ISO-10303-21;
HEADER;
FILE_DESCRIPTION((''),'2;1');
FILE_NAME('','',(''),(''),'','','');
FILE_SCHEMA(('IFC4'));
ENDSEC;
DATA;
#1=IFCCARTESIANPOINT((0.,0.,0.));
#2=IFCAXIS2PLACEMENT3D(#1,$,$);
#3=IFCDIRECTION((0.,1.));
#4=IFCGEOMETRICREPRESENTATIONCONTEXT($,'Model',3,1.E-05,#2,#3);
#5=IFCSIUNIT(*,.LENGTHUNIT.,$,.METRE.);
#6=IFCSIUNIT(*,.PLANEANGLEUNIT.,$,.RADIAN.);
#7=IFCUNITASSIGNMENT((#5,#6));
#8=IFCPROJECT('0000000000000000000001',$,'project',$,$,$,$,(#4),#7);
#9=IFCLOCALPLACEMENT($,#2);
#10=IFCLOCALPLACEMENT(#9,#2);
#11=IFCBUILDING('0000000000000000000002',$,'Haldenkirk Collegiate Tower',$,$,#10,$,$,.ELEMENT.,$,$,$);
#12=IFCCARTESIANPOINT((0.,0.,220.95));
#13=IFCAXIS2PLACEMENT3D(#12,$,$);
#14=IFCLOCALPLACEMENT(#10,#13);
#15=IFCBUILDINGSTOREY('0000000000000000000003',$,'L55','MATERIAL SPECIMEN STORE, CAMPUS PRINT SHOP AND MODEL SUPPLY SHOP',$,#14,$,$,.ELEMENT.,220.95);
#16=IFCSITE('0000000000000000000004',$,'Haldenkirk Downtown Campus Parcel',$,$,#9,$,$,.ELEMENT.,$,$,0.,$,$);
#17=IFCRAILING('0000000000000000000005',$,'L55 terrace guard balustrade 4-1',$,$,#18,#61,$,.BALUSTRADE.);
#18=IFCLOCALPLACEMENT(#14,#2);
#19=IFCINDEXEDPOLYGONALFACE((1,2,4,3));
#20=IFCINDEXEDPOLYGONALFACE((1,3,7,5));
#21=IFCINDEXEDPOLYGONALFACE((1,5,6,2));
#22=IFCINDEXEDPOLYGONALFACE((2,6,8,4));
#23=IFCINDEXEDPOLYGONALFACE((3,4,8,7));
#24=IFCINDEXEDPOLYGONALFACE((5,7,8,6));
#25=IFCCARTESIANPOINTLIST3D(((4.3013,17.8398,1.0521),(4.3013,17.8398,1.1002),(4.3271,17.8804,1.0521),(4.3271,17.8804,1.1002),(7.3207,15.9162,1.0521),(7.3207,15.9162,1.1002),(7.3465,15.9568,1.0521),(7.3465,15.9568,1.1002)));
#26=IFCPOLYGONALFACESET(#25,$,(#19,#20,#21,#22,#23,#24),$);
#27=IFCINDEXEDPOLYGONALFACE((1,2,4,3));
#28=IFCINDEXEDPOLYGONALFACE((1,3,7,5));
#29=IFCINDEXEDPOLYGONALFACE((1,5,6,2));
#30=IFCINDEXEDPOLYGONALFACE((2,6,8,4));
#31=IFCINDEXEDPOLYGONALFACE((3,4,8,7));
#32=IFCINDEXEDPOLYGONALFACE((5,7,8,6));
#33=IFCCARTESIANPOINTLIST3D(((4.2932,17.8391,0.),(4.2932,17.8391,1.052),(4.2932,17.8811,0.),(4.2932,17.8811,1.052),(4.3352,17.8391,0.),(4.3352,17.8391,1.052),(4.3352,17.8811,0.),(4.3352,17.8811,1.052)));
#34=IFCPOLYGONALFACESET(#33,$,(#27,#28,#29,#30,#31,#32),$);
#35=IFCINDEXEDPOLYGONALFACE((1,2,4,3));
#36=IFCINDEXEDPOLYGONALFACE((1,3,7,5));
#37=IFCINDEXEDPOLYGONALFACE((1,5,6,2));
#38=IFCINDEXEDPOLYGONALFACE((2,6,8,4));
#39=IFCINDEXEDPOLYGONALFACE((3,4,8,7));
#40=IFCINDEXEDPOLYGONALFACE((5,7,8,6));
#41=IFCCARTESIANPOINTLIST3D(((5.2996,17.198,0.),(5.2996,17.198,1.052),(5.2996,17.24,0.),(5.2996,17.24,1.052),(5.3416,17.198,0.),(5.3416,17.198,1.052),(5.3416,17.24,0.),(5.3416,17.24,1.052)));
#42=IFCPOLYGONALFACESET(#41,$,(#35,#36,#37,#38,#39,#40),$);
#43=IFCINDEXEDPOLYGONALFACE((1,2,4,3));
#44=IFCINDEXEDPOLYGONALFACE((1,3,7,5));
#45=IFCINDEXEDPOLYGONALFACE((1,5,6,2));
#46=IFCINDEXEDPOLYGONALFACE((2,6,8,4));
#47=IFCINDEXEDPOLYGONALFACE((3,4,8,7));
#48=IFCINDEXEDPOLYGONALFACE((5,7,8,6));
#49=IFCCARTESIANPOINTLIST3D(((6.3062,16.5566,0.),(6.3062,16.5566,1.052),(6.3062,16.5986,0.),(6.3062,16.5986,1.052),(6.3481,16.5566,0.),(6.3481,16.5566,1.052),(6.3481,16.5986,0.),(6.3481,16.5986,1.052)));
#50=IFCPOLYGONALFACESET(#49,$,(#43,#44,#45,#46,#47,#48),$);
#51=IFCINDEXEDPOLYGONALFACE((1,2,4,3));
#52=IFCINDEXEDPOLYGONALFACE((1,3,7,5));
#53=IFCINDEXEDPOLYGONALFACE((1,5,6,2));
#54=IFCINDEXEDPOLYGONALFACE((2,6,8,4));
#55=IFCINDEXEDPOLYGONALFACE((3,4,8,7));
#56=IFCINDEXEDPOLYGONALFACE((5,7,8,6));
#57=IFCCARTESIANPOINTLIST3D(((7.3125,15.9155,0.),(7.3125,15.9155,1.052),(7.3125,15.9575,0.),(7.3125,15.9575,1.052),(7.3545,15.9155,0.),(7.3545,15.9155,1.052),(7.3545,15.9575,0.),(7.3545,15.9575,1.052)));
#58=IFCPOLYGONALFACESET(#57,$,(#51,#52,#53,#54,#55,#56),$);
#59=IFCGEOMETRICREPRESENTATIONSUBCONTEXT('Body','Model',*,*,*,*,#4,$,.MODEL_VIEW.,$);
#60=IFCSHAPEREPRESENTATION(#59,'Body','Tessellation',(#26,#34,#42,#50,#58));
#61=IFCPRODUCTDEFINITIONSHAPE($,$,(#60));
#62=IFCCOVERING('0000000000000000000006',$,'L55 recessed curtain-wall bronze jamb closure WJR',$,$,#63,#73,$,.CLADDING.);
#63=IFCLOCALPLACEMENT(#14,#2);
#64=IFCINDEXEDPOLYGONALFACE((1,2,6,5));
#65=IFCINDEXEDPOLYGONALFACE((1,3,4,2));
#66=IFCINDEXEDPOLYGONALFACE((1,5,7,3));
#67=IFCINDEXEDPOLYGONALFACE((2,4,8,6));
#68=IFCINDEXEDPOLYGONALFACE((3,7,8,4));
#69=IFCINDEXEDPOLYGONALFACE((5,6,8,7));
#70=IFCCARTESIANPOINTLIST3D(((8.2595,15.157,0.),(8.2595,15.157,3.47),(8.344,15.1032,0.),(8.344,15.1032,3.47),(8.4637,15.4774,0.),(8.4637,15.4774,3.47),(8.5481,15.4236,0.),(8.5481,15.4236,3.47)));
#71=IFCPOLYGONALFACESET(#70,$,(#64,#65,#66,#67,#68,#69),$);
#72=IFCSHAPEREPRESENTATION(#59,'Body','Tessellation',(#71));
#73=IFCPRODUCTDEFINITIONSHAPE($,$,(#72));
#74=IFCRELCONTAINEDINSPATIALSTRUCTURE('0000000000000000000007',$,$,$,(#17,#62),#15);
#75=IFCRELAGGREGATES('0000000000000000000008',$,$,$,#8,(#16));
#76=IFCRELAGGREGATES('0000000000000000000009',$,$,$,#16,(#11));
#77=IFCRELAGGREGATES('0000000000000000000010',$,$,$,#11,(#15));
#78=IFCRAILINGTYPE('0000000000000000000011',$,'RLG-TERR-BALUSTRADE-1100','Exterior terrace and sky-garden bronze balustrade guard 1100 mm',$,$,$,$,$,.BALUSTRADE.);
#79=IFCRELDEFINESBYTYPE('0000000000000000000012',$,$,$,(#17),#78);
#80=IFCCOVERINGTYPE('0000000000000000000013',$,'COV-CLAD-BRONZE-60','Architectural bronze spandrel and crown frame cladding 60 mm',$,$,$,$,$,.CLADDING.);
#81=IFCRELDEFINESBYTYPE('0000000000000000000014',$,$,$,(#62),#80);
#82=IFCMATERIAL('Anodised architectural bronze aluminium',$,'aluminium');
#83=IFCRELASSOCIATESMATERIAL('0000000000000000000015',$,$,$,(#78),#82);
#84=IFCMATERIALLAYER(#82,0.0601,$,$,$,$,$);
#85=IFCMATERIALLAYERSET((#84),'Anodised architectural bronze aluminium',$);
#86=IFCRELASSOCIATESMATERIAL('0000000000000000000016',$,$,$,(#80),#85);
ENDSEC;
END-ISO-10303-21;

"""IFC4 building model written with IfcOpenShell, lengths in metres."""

from ifc_helpers import new_model, si_unit, direction, frame, origin, origin_2d, place, context, subcontext, project, spatial, rectangle, extrude, source, transform, mapped, material, layer, layer_set, type_object, element, save


model = new_model("IFC4")

# Units and contexts
model_context = context("Model", 3, precision=1e-05, world=origin(), true_north=direction((0.0, 1.0)))
body_context = subcontext(model_context, "Body", "Model", "MODEL_VIEW")
ifc_project = project(units=[si_unit("LENGTHUNIT", "METRE"), si_unit("PLANEANGLEUNIT", "RADIAN")], contexts=[model_context])

# Site, building, storey
site_placement = place(None, origin())
site = spatial("IfcSite", under=ifc_project, at=site_placement, Name="Haldenkirk Downtown Campus Parcel", CompositionType="ELEMENT", RefElevation=0.0)
building_placement = place(site_placement, origin())
building = spatial("IfcBuilding", under=site, at=building_placement, Name="Haldenkirk Collegiate Tower", CompositionType="ELEMENT")
storey_placement = place(building_placement, frame((0.0, 0.0, 220.95)))
storey = spatial("IfcBuildingStorey", under=building, at=storey_placement, Name="L55", Description="MATERIAL SPECIMEN STORE, CAMPUS PRINT SHOP AND MODEL SUPPLY SHOP", CompositionType="ELEMENT", Elevation=220.95)

# Shared definitions
ifc_material_1 = material(Name="Anodised architectural bronze aluminium", Category="aluminium")

# Railing
railing_type = type_object("IfcRailingType", Name="RLG-TERR-BALUSTRADE-1100", Description="Exterior terrace and sky-garden bronze balustrade guard 1100 mm", PredefinedType="BALUSTRADE", material=ifc_material_1)
railing_1_placement = place(storey_placement, frame((4.3142, 17.8601, 0.0)))
element("IfcRailing", 1, at=railing_1_placement, inside=storey, type_object=railing_type, Name="L55 terrace guard balustrade 4-1", PredefinedType="BALUSTRADE", context=body_context, shape_type="SweptSolid", body=[
    extrude(rectangle(XDim=0.0481, YDim=0.0481, at=origin_2d()), frame((0.0, 0.0, 1.0762), z_axis=(0.843381, -0.537317, 0.0), x_axis=(0.537317, 0.843381, 0.0)), (0.0, 0.0, 1.0), 3.5801),
    extrude(rectangle(XDim=0.042, YDim=0.042, at=origin_2d()), origin(), (0.0, 0.0, 1.0), 1.052),
    extrude(rectangle(XDim=0.042, YDim=0.042, at=origin_2d()), frame((1.0063, -0.6411, 0.0)), (0.0, 0.0, 1.0), 1.052),
    extrude(rectangle(XDim=0.042, YDim=0.042, at=origin_2d()), frame((2.0129, -1.2825, 0.0)), (0.0, 0.0, 1.0), 1.052),
    extrude(rectangle(XDim=0.042, YDim=0.042, at=origin_2d()), frame((3.0193, -1.9236, 0.0)), (0.0, 0.0, 1.0), 1.052),
])

# Covering
ifc_layer_1 = layer(ifc_material_1, 0.0601)
ifc_layer_set_1 = layer_set([ifc_layer_1], Name="Anodised architectural bronze aluminium")
covering_type_1 = type_object("IfcCoveringType", Name="COV-CLAD-BRONZE-60", Description="Architectural bronze spandrel and crown frame cladding 60 mm", PredefinedType="CLADDING", material=ifc_layer_set_1)
shared_shape_1 = source(origin(), body_context, "Body", "SweptSolid", [
    extrude(rectangle(XDim=0.1001, YDim=0.3799, at=origin_2d()), origin(), (0.0, 0.0, 1.0), 3.47),
])
covering_1_placement = place(storey_placement, frame((8.4038, 15.2903, 0.0), z_axis=(0.0, 0.0, 1.0), x_axis=(-0.843391, 0.5373, 0.0)))
element("IfcCovering", 2, at=covering_1_placement, inside=storey, type_object=covering_type_1, Name="L55 recessed curtain-wall bronze jamb closure WJR", PredefinedType="CLADDING", context=body_context, shape_type="MappedRepresentation", body=[
    mapped(shared_shape_1, transform((0.0, 0.0, 0.0), x_axis=(1.0, 0.0, 0.0), y_axis=(0.0, 1.0, 0.0), z_axis=(0.0, 0.0, 1.0), scale=1.0)),
])

save(model, "model.ifc")
